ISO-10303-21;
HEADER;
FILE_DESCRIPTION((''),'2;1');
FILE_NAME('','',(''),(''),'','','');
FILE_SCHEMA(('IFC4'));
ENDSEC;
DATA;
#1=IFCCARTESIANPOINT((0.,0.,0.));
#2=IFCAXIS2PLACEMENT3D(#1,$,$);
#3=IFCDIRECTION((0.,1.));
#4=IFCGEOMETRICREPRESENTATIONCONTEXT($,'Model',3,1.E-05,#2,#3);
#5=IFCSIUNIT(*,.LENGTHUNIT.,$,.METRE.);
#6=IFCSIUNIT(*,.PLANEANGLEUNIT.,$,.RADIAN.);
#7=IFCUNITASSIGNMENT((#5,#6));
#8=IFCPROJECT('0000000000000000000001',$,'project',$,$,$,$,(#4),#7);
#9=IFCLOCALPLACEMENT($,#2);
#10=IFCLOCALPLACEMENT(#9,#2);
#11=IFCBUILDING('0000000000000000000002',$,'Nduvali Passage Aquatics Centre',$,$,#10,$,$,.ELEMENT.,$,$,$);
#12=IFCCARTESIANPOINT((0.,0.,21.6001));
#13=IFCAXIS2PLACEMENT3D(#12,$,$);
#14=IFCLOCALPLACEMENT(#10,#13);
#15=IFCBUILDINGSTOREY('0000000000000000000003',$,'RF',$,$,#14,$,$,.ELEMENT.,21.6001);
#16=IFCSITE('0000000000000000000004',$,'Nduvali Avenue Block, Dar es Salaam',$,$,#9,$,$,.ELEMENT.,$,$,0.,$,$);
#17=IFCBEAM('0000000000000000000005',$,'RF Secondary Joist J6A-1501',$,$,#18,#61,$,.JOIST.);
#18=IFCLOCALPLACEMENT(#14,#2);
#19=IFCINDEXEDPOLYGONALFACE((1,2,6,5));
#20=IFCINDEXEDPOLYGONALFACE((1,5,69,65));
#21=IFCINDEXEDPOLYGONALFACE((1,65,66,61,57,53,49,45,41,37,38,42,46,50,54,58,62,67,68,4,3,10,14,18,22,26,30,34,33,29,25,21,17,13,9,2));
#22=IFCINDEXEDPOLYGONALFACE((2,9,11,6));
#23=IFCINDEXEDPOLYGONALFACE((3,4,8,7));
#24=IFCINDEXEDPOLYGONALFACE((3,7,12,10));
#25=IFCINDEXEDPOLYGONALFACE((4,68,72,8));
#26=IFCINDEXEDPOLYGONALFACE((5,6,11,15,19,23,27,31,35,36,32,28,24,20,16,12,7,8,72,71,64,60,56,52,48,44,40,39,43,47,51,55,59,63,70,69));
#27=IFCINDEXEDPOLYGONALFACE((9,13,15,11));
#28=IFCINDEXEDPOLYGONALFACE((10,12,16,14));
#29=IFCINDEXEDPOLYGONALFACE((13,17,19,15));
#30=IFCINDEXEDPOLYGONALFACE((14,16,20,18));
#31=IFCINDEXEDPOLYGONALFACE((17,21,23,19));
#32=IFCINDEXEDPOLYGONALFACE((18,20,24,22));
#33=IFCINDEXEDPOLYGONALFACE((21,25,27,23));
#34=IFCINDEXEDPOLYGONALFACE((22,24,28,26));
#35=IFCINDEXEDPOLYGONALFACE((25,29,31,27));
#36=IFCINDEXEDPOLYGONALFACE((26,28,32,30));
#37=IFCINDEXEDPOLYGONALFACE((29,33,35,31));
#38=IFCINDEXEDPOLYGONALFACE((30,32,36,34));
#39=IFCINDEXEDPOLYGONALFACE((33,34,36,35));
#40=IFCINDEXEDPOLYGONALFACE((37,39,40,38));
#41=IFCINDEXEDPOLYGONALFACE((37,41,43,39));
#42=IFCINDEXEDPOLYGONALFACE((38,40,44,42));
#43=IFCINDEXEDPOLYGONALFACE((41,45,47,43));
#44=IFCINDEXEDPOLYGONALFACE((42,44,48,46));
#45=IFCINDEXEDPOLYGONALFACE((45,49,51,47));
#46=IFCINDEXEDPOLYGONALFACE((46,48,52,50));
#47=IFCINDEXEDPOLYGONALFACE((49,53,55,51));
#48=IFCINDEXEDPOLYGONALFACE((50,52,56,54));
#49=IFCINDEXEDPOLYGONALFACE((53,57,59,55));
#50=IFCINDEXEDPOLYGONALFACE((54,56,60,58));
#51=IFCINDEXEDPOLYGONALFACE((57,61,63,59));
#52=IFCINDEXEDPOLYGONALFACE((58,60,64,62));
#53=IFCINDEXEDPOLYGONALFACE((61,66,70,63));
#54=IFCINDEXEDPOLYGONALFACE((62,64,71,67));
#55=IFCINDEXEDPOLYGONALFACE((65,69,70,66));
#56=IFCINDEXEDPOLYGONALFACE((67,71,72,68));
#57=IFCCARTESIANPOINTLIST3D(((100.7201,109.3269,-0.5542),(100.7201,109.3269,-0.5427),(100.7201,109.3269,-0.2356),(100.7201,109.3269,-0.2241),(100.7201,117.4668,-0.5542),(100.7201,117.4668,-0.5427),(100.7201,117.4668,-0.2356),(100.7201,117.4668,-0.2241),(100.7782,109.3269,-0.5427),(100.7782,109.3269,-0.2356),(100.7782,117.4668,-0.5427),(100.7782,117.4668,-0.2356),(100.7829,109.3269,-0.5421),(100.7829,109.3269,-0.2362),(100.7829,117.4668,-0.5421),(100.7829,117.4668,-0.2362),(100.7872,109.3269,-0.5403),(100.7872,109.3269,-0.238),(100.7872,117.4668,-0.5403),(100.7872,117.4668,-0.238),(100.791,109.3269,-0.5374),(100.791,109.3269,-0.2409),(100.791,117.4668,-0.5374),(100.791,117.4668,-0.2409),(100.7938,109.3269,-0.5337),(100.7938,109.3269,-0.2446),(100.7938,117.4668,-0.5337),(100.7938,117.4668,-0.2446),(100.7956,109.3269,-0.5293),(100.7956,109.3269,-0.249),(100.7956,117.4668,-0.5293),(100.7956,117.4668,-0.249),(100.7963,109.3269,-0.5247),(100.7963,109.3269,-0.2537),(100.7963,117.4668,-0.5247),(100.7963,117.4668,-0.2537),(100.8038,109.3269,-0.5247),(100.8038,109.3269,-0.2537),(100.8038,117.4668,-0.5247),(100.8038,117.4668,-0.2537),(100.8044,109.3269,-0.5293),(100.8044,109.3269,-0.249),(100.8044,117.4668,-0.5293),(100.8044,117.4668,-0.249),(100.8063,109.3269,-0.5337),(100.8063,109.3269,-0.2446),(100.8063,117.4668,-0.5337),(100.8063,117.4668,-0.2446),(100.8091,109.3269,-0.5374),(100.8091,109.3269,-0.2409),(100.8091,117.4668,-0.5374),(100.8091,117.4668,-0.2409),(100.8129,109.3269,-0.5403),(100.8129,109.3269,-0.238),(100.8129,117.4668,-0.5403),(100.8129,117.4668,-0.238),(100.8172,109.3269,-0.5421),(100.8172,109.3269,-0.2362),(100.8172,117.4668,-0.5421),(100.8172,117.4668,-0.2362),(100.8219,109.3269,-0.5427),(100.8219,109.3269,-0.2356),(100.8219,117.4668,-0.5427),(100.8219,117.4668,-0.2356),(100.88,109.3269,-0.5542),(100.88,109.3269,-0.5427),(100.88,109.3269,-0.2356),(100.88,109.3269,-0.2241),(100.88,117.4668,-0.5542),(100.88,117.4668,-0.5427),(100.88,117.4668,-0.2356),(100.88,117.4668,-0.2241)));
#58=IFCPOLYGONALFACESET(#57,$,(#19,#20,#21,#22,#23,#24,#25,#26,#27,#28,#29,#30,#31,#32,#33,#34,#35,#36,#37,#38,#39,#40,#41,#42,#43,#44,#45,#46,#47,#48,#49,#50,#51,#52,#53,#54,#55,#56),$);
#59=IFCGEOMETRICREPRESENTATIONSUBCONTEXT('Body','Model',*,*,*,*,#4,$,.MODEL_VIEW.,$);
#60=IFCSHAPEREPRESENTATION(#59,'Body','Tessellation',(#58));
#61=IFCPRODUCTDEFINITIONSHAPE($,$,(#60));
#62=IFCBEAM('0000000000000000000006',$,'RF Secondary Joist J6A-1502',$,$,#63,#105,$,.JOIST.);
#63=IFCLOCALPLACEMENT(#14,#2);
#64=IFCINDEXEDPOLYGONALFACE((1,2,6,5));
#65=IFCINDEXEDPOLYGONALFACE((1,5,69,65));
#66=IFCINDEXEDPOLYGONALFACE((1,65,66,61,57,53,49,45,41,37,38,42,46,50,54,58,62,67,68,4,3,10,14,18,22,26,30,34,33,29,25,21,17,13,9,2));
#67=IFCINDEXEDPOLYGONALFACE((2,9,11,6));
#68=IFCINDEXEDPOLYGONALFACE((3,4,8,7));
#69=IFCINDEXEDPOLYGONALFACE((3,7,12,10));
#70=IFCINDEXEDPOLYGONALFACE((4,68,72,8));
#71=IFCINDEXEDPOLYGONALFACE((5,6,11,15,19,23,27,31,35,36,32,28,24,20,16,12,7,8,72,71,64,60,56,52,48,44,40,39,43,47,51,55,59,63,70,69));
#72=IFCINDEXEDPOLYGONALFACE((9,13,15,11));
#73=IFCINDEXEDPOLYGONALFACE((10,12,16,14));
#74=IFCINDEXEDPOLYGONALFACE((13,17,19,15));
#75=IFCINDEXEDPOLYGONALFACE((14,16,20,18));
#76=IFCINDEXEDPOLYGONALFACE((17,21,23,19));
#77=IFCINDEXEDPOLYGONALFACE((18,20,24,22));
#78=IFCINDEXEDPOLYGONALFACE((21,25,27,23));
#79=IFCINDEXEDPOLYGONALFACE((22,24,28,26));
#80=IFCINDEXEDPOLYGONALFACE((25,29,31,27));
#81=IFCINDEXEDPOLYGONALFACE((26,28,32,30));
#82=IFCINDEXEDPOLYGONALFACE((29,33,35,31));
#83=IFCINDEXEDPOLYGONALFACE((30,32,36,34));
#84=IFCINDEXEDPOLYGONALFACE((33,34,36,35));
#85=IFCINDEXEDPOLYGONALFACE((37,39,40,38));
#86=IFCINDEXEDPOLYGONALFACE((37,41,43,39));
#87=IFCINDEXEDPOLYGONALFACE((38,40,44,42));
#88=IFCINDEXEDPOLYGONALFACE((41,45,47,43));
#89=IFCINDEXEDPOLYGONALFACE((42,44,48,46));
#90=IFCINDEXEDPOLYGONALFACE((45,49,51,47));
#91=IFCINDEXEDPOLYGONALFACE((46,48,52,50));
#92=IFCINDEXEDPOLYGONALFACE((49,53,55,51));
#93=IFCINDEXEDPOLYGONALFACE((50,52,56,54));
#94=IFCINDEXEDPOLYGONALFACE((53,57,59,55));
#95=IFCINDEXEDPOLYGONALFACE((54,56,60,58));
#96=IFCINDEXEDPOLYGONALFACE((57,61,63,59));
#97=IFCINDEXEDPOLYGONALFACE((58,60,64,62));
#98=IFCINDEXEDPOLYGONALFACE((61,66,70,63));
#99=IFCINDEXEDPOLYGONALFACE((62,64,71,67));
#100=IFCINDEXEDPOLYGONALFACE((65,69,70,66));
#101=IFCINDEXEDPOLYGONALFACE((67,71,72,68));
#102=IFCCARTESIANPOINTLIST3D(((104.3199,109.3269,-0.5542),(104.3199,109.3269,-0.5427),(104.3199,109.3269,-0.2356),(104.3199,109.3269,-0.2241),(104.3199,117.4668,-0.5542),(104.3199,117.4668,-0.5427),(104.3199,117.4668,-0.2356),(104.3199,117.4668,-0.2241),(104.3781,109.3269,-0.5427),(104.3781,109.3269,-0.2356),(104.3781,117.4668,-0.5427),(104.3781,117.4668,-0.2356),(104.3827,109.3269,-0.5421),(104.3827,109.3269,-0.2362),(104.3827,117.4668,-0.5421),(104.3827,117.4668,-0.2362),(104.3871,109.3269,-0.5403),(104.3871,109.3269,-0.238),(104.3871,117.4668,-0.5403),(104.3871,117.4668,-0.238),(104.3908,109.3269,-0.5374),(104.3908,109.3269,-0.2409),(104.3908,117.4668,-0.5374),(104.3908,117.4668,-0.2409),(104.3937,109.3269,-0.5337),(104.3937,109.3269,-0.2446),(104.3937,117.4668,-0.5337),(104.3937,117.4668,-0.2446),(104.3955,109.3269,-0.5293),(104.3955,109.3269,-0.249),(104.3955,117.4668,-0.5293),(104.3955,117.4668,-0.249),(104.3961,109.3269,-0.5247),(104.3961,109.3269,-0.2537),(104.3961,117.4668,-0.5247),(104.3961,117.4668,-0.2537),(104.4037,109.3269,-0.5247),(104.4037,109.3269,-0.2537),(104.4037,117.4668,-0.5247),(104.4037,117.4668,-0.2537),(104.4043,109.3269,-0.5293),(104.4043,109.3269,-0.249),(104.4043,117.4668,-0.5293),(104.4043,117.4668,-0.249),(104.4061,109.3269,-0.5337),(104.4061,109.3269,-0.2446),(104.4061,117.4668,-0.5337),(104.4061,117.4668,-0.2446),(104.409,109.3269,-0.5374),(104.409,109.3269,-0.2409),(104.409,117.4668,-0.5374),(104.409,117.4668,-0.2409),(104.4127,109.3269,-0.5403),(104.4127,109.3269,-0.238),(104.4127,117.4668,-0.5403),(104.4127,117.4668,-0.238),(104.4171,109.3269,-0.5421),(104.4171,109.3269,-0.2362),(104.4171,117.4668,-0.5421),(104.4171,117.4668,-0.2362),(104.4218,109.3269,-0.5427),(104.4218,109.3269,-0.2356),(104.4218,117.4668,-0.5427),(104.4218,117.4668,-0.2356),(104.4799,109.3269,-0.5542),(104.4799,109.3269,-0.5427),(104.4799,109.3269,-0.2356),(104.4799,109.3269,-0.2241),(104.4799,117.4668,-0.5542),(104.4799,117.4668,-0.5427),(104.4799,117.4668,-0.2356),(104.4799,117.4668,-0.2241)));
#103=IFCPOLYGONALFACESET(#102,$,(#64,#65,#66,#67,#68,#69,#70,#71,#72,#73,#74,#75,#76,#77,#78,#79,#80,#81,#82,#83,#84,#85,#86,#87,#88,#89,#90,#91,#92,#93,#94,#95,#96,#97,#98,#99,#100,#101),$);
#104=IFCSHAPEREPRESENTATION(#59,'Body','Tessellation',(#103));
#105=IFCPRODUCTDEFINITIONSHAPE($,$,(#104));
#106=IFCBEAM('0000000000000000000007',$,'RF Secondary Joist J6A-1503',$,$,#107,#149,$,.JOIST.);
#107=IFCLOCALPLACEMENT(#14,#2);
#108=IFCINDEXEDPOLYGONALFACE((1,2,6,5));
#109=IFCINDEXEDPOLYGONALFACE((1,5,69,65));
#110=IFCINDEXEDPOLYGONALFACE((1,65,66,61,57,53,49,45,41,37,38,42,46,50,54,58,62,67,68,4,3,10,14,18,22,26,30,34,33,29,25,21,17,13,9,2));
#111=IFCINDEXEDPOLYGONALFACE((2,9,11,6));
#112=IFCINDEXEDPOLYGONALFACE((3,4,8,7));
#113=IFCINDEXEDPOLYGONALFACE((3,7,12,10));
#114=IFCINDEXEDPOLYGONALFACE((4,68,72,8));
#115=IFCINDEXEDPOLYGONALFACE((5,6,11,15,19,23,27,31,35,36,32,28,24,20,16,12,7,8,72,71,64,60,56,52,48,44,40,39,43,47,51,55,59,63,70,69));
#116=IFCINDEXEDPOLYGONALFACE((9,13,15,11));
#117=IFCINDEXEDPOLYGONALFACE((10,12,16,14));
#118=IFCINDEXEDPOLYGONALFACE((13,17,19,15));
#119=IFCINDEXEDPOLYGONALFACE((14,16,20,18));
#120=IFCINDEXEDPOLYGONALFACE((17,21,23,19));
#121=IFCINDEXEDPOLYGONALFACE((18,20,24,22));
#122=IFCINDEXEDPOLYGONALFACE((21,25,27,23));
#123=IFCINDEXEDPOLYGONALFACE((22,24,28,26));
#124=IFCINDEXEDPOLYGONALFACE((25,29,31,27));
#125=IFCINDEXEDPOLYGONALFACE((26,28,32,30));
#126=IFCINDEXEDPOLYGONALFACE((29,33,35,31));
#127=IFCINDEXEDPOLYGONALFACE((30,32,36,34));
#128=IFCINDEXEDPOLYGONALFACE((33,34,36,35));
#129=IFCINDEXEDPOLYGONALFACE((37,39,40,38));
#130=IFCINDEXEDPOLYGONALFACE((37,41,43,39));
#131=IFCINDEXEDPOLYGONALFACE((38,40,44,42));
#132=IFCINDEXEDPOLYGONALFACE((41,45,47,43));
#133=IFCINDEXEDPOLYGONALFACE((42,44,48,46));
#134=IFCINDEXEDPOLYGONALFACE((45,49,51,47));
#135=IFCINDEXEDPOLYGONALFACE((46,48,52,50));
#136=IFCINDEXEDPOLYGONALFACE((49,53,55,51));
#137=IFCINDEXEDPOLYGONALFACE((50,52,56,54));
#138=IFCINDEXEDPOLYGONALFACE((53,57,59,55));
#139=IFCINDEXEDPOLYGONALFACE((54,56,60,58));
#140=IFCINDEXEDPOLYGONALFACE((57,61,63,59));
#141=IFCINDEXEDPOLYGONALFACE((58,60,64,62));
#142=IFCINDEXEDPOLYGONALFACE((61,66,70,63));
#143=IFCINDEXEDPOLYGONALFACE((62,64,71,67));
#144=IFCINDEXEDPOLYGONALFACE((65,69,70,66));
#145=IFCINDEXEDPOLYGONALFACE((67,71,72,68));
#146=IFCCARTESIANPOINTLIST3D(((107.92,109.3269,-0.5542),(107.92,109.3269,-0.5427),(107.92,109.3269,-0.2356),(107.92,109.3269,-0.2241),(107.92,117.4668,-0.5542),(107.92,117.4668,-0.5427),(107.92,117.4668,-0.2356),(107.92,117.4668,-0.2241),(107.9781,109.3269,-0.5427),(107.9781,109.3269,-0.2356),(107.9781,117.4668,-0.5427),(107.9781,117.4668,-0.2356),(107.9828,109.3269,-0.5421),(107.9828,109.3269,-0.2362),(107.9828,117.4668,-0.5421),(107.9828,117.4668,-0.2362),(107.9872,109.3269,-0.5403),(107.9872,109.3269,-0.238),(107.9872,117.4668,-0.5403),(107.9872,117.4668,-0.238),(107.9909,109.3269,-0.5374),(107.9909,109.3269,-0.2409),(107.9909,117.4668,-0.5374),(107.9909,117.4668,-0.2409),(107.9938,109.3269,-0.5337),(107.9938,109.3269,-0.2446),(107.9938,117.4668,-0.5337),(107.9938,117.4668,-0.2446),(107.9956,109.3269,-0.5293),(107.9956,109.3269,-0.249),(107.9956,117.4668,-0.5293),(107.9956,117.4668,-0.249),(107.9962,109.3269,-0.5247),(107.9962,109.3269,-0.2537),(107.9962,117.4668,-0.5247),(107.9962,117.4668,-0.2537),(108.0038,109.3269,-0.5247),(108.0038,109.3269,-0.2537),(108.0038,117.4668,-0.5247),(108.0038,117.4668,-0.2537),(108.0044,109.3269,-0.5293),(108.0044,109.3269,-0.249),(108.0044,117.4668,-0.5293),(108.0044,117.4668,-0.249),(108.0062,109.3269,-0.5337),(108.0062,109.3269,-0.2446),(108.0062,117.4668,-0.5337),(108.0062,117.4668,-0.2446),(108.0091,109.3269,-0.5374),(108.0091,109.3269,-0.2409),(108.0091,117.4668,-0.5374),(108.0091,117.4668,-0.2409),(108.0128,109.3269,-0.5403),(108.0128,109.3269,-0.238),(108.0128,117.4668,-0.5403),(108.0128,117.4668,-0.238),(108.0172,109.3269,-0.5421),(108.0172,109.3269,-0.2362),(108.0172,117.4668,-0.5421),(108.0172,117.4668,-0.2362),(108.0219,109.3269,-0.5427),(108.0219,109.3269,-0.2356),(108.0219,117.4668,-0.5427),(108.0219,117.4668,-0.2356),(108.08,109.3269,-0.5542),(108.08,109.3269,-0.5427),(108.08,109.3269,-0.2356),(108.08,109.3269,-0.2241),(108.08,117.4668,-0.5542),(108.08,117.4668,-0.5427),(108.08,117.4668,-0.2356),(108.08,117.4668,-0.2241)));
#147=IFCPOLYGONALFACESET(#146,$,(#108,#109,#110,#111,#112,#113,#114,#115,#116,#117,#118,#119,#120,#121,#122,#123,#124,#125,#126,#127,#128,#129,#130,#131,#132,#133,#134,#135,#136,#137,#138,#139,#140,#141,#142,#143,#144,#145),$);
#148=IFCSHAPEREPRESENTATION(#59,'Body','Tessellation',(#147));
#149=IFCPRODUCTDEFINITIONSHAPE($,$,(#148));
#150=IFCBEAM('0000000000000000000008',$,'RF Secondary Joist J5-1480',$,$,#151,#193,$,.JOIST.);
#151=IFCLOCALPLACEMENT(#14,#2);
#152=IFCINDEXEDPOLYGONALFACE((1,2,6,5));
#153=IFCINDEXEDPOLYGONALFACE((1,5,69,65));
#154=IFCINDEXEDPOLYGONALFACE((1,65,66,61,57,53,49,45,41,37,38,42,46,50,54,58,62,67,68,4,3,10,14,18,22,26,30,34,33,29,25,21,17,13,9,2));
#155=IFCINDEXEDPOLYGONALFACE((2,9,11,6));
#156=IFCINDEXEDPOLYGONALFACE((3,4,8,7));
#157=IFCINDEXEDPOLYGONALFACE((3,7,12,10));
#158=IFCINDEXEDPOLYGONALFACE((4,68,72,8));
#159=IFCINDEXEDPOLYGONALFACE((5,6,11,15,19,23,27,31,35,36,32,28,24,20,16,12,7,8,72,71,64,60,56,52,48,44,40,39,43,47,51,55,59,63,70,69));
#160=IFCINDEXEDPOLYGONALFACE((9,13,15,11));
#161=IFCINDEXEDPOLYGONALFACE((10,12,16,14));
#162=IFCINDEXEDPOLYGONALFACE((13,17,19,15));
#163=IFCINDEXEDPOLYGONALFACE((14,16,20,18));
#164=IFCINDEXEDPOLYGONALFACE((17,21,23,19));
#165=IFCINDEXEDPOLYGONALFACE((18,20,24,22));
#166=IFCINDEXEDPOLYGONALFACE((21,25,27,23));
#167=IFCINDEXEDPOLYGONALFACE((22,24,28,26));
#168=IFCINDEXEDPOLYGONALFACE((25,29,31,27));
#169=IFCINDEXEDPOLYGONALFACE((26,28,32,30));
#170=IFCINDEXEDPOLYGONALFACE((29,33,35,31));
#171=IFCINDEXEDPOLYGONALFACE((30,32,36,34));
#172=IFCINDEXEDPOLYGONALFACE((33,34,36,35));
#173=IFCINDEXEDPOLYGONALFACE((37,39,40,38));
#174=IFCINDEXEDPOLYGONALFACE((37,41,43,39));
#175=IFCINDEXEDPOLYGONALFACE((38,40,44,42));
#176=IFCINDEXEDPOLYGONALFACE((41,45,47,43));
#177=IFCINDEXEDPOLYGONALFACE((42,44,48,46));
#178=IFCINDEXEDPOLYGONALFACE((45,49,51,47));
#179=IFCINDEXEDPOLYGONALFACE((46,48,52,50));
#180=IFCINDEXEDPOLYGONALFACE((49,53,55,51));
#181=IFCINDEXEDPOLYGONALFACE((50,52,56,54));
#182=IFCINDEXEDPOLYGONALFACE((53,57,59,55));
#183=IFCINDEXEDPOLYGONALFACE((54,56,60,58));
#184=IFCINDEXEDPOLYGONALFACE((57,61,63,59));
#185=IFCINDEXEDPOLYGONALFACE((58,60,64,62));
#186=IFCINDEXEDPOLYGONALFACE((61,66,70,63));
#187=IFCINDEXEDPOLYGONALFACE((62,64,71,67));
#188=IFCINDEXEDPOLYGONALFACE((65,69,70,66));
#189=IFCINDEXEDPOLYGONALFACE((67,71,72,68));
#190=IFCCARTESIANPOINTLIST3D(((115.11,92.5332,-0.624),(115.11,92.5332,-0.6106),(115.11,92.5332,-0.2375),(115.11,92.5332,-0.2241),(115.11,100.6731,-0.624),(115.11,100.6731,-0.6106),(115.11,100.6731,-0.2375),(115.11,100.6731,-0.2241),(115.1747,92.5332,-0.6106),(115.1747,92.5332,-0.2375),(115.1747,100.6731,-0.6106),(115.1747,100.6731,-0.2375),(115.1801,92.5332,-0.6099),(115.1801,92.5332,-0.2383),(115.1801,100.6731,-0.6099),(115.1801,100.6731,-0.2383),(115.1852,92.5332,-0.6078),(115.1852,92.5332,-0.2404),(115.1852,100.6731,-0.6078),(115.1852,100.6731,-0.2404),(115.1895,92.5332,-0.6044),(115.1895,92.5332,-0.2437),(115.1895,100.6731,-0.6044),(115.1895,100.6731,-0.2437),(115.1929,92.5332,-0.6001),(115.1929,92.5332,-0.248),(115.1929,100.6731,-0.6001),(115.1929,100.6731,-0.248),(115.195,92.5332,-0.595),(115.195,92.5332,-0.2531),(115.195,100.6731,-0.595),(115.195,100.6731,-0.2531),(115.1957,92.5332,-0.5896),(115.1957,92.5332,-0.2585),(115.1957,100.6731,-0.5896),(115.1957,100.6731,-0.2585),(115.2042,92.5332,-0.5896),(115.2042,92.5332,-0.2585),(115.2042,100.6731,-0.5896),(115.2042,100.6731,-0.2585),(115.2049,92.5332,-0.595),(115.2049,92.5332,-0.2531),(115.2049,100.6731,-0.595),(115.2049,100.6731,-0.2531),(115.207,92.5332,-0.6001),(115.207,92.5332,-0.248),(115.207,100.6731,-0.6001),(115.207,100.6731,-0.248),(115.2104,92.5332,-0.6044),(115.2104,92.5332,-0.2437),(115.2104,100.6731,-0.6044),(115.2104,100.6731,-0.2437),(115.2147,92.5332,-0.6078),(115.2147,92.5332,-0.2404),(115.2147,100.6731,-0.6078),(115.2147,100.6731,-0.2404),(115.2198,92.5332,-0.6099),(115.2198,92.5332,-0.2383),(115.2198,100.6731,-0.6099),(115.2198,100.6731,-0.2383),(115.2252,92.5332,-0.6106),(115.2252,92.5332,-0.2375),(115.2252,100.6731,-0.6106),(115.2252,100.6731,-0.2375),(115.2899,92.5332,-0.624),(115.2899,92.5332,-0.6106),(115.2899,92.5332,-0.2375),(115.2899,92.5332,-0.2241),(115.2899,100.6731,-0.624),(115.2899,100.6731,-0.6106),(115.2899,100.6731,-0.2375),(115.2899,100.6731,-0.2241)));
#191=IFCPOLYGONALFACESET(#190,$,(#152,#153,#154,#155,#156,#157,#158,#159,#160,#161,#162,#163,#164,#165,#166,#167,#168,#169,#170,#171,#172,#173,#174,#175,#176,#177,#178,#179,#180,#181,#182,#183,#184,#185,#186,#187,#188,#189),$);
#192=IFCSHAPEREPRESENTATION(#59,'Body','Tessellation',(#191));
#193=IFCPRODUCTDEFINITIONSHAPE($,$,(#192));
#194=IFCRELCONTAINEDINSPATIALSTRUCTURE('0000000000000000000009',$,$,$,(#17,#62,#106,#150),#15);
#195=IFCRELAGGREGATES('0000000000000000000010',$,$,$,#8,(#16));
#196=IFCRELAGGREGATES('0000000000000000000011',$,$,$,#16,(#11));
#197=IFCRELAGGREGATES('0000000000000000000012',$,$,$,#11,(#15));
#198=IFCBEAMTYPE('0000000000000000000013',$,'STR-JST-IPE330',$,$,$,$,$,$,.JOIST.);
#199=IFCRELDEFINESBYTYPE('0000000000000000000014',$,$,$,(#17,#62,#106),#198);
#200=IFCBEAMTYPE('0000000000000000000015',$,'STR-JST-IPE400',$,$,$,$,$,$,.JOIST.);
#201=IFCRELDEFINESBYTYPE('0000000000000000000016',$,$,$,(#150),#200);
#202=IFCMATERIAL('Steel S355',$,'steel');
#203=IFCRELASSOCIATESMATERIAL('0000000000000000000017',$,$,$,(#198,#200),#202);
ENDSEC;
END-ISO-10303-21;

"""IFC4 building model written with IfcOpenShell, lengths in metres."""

from ifc_helpers import new_model, si_unit, direction, frame, origin, origin_2d, place, context, subcontext, project, spatial, i_section, extrude, material, material_profile, profile_set, type_object, element, save


model = new_model("IFC4")

# Units and contexts
model_context = context("Model", 3, precision=1e-05, world=origin(), true_north=direction((0.0, 1.0)))
body_context = subcontext(model_context, "Body", "Model", "MODEL_VIEW")
ifc_project = project(units=[si_unit("LENGTHUNIT", "METRE"), si_unit("PLANEANGLEUNIT", "RADIAN")], contexts=[model_context])

# Site, building, storey
site_placement = place(None, origin())
site = spatial("IfcSite", under=ifc_project, at=site_placement, Name="Nduvali Avenue Block, Dar es Salaam", CompositionType="ELEMENT", RefElevation=0.0)
building_placement = place(site_placement, origin())
building = spatial("IfcBuilding", under=site, at=building_placement, Name="Nduvali Passage Aquatics Centre", CompositionType="ELEMENT")
storey_placement = place(building_placement, frame((0.0, 0.0, 21.6001)))
storey = spatial("IfcBuildingStorey", under=building, at=storey_placement, Name="RF", CompositionType="ELEMENT", Elevation=21.6001)

# Beams
ifc_material_1 = material(Name="Steel S355", Category="steel")
ifc_material_profile_1 = material_profile(ifc_material_1, i_section(OverallWidth=0.1599, OverallDepth=0.3301, WebThickness=0.0076, FlangeThickness=0.0115, FilletRadius=0.0181, at=origin_2d()), Name="IPE 330")
ifc_profile_set_1 = profile_set([ifc_material_profile_1], Name="Steel S355")
beam_type_1 = type_object("IfcBeamType", Name="STR-JST-IPE330", PredefinedType="JOIST", material=ifc_profile_set_1)
for number, where, z_axis, x_axis, name in (
    (1, (100.8, 109.3269, -0.3892), (0.0, 1.0, 0.0), (-1.0, 0.0, 0.0), "RF Secondary Joist J6A-1501"),
    (2, (104.3999, 109.3269, -0.3892), (0.0, 1.0, 0.0), (-1.0, 0.0, 0.0), "RF Secondary Joist J6A-1502"),
    (3, (108.0, 109.3269, -0.3892), (0.0, 1.0, 0.0), (-1.0, 0.0, 0.0), "RF Secondary Joist J6A-1503"),
):
    element("IfcBeam", number, at=place(storey_placement, frame(where, z_axis=z_axis, x_axis=x_axis)), inside=storey, type_object=beam_type_1, Name=name, PredefinedType="JOIST", context=body_context, shape_type="SweptSolid", body=[
        extrude(i_section(OverallWidth=0.1599, OverallDepth=0.3301, WebThickness=0.0076, FlangeThickness=0.0115, FilletRadius=0.0181, at=origin_2d()), origin(), (0.0, 0.0, 1.0), 8.1399),
    ])
ifc_material_profile_2 = material_profile(ifc_material_1, i_section(OverallWidth=0.1799, OverallDepth=0.3999, WebThickness=0.0085, FlangeThickness=0.0134, FilletRadius=0.021, at=origin_2d()), Name="IPE 400")
ifc_profile_set_2 = profile_set([ifc_material_profile_2], Name="Steel S355")
beam_type_2 = type_object("IfcBeamType", Name="STR-JST-IPE400", PredefinedType="JOIST", material=ifc_profile_set_2)
for number, where, z_axis, x_axis, name in (
    (4, (115.2, 92.5332, -0.4241), (0.0, 1.0, 0.0), (-1.0, 0.0, 0.0), "RF Secondary Joist J5-1480"),
):
    element("IfcBeam", number, at=place(storey_placement, frame(where, z_axis=z_axis, x_axis=x_axis)), inside=storey, type_object=beam_type_2, Name=name, PredefinedType="JOIST", context=body_context, shape_type="SweptSolid", body=[
        extrude(i_section(OverallWidth=0.1799, OverallDepth=0.3999, WebThickness=0.0085, FlangeThickness=0.0134, FilletRadius=0.021, at=origin_2d()), origin(), (0.0, 0.0, 1.0), 8.1399),
    ])

save(model, "model.ifc")
